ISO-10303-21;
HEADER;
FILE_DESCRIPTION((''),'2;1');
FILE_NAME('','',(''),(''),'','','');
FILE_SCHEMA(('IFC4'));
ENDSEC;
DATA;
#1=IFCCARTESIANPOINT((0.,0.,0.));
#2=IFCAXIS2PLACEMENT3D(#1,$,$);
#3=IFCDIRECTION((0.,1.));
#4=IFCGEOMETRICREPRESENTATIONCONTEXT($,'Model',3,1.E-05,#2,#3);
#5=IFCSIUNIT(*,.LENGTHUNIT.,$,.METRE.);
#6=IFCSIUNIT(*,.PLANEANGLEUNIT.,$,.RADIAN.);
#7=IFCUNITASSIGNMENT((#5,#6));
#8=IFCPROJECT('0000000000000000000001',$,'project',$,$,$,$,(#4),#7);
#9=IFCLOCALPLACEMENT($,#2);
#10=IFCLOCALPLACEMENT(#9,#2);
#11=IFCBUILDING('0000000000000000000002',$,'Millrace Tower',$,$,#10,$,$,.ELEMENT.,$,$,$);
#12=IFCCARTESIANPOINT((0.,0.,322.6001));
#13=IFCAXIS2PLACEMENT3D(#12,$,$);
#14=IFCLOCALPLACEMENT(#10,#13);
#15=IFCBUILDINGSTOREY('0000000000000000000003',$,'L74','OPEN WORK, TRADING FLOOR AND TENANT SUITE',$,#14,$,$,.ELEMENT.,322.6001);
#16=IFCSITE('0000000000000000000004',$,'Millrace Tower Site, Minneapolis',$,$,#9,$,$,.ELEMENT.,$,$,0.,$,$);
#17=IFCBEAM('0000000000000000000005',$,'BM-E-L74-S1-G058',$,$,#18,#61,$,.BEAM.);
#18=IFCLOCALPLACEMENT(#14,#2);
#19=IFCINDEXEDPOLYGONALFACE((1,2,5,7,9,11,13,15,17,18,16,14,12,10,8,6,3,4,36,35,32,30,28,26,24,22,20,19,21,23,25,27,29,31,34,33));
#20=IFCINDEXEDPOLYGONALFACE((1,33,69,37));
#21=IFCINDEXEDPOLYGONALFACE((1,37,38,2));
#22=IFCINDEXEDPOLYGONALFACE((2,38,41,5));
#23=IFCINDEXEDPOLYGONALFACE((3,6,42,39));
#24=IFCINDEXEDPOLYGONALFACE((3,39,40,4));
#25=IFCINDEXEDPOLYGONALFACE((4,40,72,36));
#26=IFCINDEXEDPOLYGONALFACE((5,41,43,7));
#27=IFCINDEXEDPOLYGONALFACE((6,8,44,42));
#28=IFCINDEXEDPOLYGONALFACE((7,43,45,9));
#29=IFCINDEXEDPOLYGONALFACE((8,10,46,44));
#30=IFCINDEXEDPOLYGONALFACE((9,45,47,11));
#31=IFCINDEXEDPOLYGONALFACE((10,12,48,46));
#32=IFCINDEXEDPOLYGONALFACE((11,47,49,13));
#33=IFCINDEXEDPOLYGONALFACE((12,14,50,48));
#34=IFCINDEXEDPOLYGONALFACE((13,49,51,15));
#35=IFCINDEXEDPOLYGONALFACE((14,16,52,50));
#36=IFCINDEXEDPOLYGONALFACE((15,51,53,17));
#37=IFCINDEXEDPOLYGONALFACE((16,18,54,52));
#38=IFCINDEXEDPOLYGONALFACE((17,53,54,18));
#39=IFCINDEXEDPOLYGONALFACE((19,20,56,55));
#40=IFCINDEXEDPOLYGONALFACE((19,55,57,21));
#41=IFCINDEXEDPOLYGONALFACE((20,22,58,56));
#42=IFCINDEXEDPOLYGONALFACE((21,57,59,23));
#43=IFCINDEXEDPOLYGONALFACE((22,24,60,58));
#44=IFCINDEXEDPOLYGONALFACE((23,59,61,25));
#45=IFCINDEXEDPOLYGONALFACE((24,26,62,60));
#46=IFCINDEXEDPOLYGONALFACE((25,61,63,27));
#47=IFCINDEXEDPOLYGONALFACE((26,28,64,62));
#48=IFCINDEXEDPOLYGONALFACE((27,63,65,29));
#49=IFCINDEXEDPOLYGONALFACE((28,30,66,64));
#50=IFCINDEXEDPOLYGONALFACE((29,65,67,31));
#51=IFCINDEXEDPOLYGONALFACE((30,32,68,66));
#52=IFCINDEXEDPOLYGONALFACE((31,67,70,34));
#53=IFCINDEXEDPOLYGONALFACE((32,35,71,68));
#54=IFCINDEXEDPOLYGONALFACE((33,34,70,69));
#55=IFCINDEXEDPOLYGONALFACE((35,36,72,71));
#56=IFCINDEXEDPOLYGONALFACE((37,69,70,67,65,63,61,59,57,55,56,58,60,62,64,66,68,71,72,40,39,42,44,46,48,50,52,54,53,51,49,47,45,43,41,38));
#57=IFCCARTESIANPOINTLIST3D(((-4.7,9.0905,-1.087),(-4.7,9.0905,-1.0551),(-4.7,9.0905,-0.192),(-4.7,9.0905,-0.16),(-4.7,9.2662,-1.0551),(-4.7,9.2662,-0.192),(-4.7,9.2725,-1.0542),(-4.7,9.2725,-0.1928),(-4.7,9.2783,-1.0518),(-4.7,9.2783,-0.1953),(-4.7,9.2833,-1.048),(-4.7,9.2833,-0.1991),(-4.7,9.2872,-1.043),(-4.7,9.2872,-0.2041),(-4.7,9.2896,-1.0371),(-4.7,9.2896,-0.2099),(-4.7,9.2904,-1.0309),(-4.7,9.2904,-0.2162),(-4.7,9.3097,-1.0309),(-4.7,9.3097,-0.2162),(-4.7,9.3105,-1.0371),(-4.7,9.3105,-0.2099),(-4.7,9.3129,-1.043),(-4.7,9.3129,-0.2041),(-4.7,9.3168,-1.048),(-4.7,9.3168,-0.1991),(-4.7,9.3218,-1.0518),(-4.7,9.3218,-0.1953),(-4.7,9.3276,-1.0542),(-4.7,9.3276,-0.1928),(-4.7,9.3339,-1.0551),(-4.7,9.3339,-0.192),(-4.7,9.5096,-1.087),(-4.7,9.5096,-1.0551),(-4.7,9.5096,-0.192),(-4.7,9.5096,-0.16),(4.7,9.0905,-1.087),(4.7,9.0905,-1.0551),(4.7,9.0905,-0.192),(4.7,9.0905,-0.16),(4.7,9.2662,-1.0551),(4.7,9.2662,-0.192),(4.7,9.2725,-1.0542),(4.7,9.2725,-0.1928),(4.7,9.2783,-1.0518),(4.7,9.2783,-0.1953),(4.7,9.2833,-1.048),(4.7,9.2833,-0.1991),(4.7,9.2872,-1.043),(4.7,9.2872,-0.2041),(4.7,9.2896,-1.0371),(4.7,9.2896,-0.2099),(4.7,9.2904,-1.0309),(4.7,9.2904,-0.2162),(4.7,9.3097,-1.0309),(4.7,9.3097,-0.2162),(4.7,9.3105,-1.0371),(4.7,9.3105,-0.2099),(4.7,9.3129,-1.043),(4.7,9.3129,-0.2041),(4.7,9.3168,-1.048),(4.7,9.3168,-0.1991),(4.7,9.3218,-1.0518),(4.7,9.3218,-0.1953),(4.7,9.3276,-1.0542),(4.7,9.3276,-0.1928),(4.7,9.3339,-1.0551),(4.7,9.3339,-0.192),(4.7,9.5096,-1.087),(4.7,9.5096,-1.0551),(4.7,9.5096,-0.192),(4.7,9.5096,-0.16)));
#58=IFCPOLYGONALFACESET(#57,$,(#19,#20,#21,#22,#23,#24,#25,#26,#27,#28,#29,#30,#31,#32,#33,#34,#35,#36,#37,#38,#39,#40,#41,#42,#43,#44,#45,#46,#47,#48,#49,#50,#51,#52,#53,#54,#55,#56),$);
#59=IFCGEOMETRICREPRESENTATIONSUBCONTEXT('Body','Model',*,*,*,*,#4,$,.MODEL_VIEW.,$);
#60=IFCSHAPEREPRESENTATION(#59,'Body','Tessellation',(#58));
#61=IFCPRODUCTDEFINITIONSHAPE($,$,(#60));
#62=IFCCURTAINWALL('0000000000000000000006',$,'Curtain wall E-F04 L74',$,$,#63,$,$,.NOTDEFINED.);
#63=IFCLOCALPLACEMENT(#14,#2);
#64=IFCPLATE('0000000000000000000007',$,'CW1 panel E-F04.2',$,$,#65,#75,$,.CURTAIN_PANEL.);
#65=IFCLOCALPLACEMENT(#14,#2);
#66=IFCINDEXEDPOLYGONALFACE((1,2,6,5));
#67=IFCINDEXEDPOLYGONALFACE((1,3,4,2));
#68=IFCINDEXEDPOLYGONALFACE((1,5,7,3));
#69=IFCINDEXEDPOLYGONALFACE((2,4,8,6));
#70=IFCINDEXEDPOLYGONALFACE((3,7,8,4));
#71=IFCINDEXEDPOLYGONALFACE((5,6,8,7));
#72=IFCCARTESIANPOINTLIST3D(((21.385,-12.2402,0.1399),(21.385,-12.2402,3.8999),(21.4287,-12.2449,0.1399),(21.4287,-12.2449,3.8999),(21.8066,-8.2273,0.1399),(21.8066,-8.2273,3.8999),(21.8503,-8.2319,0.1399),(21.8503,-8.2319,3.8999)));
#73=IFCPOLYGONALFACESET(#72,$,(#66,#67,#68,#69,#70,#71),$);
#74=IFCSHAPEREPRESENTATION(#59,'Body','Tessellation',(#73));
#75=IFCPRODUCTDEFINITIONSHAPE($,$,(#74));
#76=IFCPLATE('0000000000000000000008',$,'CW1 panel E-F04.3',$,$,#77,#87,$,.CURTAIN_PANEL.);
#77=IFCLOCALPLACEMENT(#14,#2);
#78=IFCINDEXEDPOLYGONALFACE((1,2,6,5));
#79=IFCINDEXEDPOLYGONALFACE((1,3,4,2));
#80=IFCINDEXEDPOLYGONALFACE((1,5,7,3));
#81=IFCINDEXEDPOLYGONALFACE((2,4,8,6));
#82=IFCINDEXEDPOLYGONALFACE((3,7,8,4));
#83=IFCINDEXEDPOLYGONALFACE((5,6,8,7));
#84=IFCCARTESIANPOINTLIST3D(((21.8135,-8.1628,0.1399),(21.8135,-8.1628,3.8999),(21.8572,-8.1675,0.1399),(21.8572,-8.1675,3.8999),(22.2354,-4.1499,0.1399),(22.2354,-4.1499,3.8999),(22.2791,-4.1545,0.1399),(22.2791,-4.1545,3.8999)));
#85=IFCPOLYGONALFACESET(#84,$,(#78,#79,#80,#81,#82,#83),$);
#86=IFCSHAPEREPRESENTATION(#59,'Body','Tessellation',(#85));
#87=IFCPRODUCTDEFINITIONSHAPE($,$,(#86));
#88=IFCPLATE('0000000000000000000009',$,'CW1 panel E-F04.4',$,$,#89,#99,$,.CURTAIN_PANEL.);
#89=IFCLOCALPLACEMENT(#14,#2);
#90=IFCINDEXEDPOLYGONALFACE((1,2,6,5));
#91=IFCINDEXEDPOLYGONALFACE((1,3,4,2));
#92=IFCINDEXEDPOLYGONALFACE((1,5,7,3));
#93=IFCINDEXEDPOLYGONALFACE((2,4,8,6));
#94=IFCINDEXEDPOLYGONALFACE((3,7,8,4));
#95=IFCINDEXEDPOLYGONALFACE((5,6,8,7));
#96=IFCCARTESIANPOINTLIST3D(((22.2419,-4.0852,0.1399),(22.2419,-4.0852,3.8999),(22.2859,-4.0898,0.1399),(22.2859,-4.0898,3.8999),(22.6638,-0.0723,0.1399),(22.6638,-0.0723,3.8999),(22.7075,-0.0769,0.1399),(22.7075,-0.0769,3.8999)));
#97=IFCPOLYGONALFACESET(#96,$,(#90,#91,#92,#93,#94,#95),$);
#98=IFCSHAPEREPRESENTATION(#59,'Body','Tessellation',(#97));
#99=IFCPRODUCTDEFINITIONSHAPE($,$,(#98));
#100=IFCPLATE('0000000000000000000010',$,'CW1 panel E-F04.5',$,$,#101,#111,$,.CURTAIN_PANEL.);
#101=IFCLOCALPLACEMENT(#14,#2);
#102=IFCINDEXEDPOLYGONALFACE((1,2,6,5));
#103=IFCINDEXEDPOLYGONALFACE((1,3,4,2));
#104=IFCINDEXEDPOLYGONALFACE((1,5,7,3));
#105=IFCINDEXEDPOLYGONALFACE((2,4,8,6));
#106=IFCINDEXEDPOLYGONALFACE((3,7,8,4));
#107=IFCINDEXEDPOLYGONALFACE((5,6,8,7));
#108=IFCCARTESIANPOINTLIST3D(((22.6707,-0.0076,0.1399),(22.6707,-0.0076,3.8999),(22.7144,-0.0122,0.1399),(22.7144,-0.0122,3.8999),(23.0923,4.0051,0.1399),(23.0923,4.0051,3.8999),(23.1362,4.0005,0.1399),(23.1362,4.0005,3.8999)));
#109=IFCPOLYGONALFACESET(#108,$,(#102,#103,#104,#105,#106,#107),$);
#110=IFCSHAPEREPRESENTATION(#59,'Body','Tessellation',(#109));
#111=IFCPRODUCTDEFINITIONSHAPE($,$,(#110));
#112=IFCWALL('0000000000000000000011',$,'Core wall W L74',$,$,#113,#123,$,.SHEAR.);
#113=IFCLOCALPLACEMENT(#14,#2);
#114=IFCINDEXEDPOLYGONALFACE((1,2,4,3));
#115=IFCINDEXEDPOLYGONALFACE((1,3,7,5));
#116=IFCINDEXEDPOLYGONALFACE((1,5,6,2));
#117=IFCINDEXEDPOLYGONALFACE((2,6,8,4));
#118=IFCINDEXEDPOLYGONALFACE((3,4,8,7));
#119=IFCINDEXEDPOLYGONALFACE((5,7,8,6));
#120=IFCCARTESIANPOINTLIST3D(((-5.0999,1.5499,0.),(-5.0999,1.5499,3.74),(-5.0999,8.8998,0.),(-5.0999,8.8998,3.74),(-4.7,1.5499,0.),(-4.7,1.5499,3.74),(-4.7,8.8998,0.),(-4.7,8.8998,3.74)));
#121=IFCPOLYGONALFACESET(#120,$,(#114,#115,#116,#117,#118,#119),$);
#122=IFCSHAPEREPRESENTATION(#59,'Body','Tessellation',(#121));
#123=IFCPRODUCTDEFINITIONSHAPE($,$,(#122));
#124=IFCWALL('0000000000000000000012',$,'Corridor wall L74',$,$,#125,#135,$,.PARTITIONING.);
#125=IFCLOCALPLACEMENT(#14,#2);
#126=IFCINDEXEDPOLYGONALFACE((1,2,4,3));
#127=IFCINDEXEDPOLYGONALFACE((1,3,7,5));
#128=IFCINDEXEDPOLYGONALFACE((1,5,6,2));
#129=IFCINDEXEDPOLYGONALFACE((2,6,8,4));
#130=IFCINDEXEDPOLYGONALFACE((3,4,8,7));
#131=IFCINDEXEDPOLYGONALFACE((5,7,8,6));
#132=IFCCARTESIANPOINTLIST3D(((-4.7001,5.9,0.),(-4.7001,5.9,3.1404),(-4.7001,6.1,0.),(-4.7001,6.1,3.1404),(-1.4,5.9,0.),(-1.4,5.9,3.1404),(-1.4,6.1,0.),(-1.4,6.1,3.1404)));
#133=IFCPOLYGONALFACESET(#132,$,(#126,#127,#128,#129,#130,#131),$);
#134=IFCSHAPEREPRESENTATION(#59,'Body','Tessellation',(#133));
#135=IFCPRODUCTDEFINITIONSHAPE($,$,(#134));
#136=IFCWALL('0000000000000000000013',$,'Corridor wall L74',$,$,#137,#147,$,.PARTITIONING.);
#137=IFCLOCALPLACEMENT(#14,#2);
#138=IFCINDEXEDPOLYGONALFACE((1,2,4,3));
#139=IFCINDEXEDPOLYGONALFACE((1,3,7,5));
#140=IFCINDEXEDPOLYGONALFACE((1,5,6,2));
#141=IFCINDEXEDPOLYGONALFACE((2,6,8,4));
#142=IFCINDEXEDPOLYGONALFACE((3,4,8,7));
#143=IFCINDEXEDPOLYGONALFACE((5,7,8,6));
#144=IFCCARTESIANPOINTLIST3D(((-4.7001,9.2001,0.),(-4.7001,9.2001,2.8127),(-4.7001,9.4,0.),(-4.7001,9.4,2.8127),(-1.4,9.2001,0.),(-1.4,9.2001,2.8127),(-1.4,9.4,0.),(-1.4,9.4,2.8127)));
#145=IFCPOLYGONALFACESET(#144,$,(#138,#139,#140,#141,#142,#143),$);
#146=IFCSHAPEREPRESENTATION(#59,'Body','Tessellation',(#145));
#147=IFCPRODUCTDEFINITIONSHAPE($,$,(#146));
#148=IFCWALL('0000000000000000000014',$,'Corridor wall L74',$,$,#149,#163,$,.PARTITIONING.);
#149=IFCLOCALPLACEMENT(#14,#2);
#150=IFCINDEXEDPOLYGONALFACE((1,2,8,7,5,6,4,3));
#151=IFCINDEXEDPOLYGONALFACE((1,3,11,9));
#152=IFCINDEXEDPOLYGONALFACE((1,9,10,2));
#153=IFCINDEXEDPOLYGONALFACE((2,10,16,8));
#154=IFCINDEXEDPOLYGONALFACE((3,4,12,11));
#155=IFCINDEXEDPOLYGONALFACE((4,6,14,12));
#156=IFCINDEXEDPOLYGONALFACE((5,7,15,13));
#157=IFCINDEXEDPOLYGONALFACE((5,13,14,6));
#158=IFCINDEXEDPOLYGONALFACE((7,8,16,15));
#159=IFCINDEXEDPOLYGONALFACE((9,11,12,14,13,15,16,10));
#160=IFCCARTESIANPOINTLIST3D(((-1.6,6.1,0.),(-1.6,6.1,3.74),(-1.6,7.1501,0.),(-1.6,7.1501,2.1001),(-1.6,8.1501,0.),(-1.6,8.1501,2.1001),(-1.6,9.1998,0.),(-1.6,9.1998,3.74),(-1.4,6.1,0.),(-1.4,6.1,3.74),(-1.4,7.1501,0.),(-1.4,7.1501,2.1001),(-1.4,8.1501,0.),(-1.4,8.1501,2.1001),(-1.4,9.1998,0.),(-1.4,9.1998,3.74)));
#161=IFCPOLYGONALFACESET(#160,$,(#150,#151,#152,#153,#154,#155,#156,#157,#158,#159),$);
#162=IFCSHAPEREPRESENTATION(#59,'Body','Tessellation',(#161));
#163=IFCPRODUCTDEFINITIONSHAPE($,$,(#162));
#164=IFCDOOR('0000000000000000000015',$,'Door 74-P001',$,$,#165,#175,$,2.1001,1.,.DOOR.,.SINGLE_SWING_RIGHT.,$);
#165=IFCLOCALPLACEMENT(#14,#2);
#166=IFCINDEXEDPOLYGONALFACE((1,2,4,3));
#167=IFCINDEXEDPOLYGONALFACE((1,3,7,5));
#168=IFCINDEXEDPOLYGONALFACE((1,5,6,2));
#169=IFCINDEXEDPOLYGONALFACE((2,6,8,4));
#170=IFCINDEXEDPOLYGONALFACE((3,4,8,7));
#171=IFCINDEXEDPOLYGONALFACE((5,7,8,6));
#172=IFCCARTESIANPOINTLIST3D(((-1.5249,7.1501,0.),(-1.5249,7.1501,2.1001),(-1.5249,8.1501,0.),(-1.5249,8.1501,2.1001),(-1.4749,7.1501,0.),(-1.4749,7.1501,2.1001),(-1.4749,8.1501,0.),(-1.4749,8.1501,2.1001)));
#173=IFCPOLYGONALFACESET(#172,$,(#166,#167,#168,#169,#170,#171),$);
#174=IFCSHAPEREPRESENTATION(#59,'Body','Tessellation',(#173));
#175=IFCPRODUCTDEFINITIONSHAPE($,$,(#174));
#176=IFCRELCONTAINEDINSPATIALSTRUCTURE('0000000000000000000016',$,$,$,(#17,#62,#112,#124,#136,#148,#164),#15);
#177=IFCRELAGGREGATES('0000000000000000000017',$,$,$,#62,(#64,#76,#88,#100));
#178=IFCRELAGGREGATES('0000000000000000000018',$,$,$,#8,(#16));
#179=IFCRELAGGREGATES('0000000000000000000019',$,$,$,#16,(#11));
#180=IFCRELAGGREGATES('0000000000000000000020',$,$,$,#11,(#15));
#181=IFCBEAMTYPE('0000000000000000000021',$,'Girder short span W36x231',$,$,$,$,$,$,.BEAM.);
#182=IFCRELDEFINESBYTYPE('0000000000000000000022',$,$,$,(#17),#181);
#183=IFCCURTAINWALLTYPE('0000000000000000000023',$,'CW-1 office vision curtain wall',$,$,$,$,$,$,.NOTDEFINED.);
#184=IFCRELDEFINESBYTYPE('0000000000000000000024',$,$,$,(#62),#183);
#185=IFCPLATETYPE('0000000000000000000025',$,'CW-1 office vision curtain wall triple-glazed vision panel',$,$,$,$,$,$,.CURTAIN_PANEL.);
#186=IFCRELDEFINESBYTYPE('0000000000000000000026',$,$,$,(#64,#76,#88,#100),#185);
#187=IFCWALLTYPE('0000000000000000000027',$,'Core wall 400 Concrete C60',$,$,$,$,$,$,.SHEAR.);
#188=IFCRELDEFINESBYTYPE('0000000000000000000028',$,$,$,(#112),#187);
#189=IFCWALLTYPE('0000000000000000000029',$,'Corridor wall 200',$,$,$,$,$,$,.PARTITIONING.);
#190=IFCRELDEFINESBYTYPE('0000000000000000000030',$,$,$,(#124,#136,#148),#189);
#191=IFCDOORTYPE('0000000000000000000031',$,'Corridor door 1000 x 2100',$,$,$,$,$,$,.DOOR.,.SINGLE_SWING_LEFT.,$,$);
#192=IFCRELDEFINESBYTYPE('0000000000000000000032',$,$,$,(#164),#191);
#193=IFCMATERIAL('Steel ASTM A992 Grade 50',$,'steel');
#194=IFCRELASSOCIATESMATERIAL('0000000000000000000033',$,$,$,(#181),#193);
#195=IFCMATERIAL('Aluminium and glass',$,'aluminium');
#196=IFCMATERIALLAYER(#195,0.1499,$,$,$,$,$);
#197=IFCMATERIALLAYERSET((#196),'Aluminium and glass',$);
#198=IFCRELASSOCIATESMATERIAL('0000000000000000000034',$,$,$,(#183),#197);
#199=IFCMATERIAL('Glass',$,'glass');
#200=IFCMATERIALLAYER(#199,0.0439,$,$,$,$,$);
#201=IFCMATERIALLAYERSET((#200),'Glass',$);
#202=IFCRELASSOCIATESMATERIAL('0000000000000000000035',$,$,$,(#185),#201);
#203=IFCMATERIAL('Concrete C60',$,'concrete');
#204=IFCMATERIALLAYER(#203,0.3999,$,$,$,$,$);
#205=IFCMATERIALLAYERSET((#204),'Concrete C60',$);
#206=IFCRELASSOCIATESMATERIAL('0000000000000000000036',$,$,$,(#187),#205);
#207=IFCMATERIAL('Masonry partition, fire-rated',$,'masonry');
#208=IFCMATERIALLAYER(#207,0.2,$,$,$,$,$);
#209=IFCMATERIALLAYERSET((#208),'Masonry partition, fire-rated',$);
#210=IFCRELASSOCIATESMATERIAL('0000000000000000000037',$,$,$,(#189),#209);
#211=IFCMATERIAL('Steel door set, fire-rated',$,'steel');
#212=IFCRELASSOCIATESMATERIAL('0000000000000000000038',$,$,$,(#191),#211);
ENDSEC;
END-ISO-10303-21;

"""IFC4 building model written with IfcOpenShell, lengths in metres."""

from ifc_helpers import new_model, si_unit, direction, frame, frame_2d, origin, origin_2d, place, context, subcontext, project, spatial, polyline, rectangle, i_section, outline, extrude, material, layer, layer_set, material_profile, profile_set, type_object, element, fill, aggregate, save


model = new_model("IFC4")

# Units and contexts
model_context = context("Model", 3, precision=1e-05, world=origin(), true_north=direction((0.0, 1.0)))
body_context = subcontext(model_context, "Body", "Model", "MODEL_VIEW")
ifc_project = project(units=[si_unit("LENGTHUNIT", "METRE"), si_unit("PLANEANGLEUNIT", "RADIAN")], contexts=[model_context])

# Site, building, storey
site_placement = place(None, origin())
site = spatial("IfcSite", under=ifc_project, at=site_placement, Name="Millrace Tower Site, Minneapolis", CompositionType="ELEMENT", RefElevation=0.0)
building_placement = place(site_placement, origin())
building = spatial("IfcBuilding", under=site, at=building_placement, Name="Millrace Tower", CompositionType="ELEMENT")
storey_placement = place(building_placement, frame((0.0, 0.0, 322.6001)))
storey = spatial("IfcBuildingStorey", under=building, at=storey_placement, Name="L74", Description="OPEN WORK, TRADING FLOOR AND TENANT SUITE", CompositionType="ELEMENT", Elevation=322.6001)

# Beam
ifc_material_1 = material(Name="Steel ASTM A992 Grade 50", Category="steel")
ifc_material_profile_1 = material_profile(ifc_material_1, i_section(OverallWidth=0.4192, OverallDepth=0.927, WebThickness=0.0193, FlangeThickness=0.032, FilletRadius=0.0242, at=origin_2d()))
ifc_profile_set_1 = profile_set([ifc_material_profile_1], Name="Steel ASTM A992 Grade 50")
beam_type_1 = type_object("IfcBeamType", Name="Girder short span W36x231", PredefinedType="BEAM", material=ifc_profile_set_1)
beam_1_placement = place(storey_placement, frame((-4.7, 9.3, -0.6235), z_axis=(1.0, 0.0, 0.0), x_axis=(0.0, 1.0, 0.0)))
element("IfcBeam", 1, at=beam_1_placement, inside=storey, type_object=beam_type_1, Name="BM-E-L74-S1-G058", PredefinedType="BEAM", context=body_context, shape_type="SweptSolid", body=[
    extrude(i_section(OverallWidth=0.4192, OverallDepth=0.927, WebThickness=0.0193, FlangeThickness=0.032, FilletRadius=0.0242, at=origin_2d()), origin(), (0.0, 0.0, 1.0), 9.3999),
])

# Curtain wall, plates
ifc_material_2 = material(Name="Aluminium and glass", Category="aluminium")
ifc_layer_1 = layer(ifc_material_2, 0.1499)
ifc_layer_set_1 = layer_set([ifc_layer_1], Name="Aluminium and glass")
curtain_wall_type = type_object("IfcCurtainWallType", Name="CW-1 office vision curtain wall", PredefinedType="NOTDEFINED", material=ifc_layer_set_1)
placement_1 = place(storey_placement, origin())
curtain_wall = element("IfcCurtainWall", 2, at=placement_1, inside=storey, type_object=curtain_wall_type, Name="Curtain wall E-F04 L74", PredefinedType="NOTDEFINED")
ifc_material_3 = material(Name="Glass", Category="glass")
ifc_layer_2 = layer(ifc_material_3, 0.0439)
ifc_layer_set_2 = layer_set([ifc_layer_2], Name="Glass")
plate_type = type_object("IfcPlateType", Name="CW-1 office vision curtain wall triple-glazed vision panel", PredefinedType="CURTAIN_PANEL", material=ifc_layer_set_2)
placement_2 = place(storey_placement, frame((0.0, 0.0, 0.1399)))
plate_1 = element("IfcPlate", 3, at=placement_2, type_object=plate_type, Name="CW1 panel E-F04.2", PredefinedType="CURTAIN_PANEL", context=body_context, shape_type="SweptSolid", body=[
    extrude(outline(polyline([(21.4287, -12.2449), (21.8503, -8.2319), (21.8066, -8.2273), (21.385, -12.2402), (21.4287, -12.2449)])), origin(), (0.0, 0.0, 1.0), 3.76),
])
plate_2 = element("IfcPlate", 4, at=placement_2, type_object=plate_type, Name="CW1 panel E-F04.3", PredefinedType="CURTAIN_PANEL", context=body_context, shape_type="SweptSolid", body=[
    extrude(outline(polyline([(21.8572, -8.1675), (22.2791, -4.1545), (22.2354, -4.1499), (21.8135, -8.1628), (21.8572, -8.1675)])), origin(), (0.0, 0.0, 1.0), 3.76),
])
plate_3 = element("IfcPlate", 5, at=placement_2, type_object=plate_type, Name="CW1 panel E-F04.4", PredefinedType="CURTAIN_PANEL", context=body_context, shape_type="SweptSolid", body=[
    extrude(outline(polyline([(22.2859, -4.0898), (22.7075, -0.0769), (22.6638, -0.0723), (22.2419, -4.0852), (22.2859, -4.0898)])), origin(), (0.0, 0.0, 1.0), 3.76),
])
plate_4 = element("IfcPlate", 6, at=placement_2, type_object=plate_type, Name="CW1 panel E-F04.5", PredefinedType="CURTAIN_PANEL", context=body_context, shape_type="SweptSolid", body=[
    extrude(outline(polyline([(22.7144, -0.0122), (23.1362, 4.0005), (23.0923, 4.0051), (22.6707, -0.0076), (22.7144, -0.0122)])), origin(), (0.0, 0.0, 1.0), 3.76),
])
aggregate(curtain_wall, [plate_1, plate_2, plate_3, plate_4])

# Walls
ifc_material_4 = material(Name="Concrete C60", Category="concrete")
ifc_layer_3 = layer(ifc_material_4, 0.3999)
ifc_layer_set_3 = layer_set([ifc_layer_3], Name="Concrete C60")
wall_type_1 = type_object("IfcWallType", Name="Core wall 400 Concrete C60", PredefinedType="SHEAR", material=ifc_layer_set_3)
wall_1_placement = place(storey_placement, frame((-4.8999, 1.55, 0.0), z_axis=(0.0, 0.0, 1.0), x_axis=(0.0, 1.0, 0.0)))
element("IfcWall", 7, at=wall_1_placement, inside=storey, type_object=wall_type_1, Name="Core wall W L74", PredefinedType="SHEAR", context=body_context, shape_type="SweptSolid", body=[
    extrude(rectangle(XDim=7.3499, YDim=0.3999, at=frame_2d((3.6748, 0.0))), origin(), (0.0, 0.0, 1.0), 3.74),
])
ifc_material_5 = material(Name="Masonry partition, fire-rated", Category="masonry")
ifc_layer_4 = layer(ifc_material_5, 0.2)
ifc_layer_set_4 = layer_set([ifc_layer_4], Name="Masonry partition, fire-rated")
wall_type_2 = type_object("IfcWallType", Name="Corridor wall 200", PredefinedType="PARTITIONING", material=ifc_layer_set_4)
wall_2_placement = place(storey_placement, frame((-4.7, 6.0, 0.0), z_axis=(0.0, 0.0, 1.0), x_axis=(1.0, 0.0, 0.0)))
element("IfcWall", 8, at=wall_2_placement, inside=storey, type_object=wall_type_2, Name="Corridor wall L74", PredefinedType="PARTITIONING", context=body_context, shape_type="SweptSolid", body=[
    extrude(rectangle(XDim=3.3, YDim=0.2, at=frame_2d((1.6499, 0.0))), origin(), (0.0, 0.0, 1.0), 3.1404),
])
wall_3_placement = place(storey_placement, frame((-4.7, 9.3, 0.0), z_axis=(0.0, 0.0, 1.0), x_axis=(1.0, 0.0, 0.0)))
element("IfcWall", 9, at=wall_3_placement, inside=storey, type_object=wall_type_2, Name="Corridor wall L74", PredefinedType="PARTITIONING", context=body_context, shape_type="SweptSolid", body=[
    extrude(rectangle(XDim=3.3, YDim=0.2, at=frame_2d((1.6499, 0.0))), origin(), (0.0, 0.0, 1.0), 2.8127),
])

# Wall, opening, door
wall_4_placement = place(storey_placement, frame((-1.5, 6.1001, 0.0), z_axis=(0.0, 0.0, 1.0), x_axis=(0.0, 1.0, 0.0)))
wall_4 = element("IfcWall", 10, at=wall_4_placement, inside=storey, type_object=wall_type_2, Name="Corridor wall L74", PredefinedType="PARTITIONING", context=body_context, shape_type="SweptSolid", body=[
    extrude(rectangle(XDim=3.0999, YDim=0.2, at=frame_2d((1.5498, 0.0))), origin(), (0.0, 0.0, 1.0), 3.74),
])
opening_1_placement = place(wall_4_placement, frame((1.05, 0.0, 0.0)))
opening_1 = element("IfcOpeningElement", 11, at=opening_1_placement, cuts=wall_4, PredefinedType="OPENING", context=body_context, shape_type="SweptSolid", body=[
    extrude(rectangle(XDim=1.0, YDim=2.1001, at=frame_2d((0.5, 1.05))), frame((0.0, 0.1099, 0.0), z_axis=(0.0, -1.0, 0.0), x_axis=(1.0, 0.0, 0.0)), (0.0, 0.0, 1.0), 0.22),
])
ifc_material_6 = material(Name="Steel door set, fire-rated", Category="steel")
door_type_1 = type_object("IfcDoorType", Name="Corridor door 1000 x 2100", OperationType="SINGLE_SWING_LEFT", PredefinedType="DOOR", material=ifc_material_6)
door_1_placement = place(opening_1_placement, origin())
door_1 = element("IfcDoor", 12, at=door_1_placement, inside=storey, type_object=door_type_1, Name="Door 74-P001", OperationType="SINGLE_SWING_RIGHT", OverallHeight=2.1001, OverallWidth=1.0, PredefinedType="DOOR", context=body_context, shape_type="SweptSolid", body=[
    extrude(rectangle(XDim=1.0, YDim=2.1001, at=frame_2d((0.5, 1.05))), frame((0.0, 0.0249, 0.0), z_axis=(0.0, -1.0, 0.0), x_axis=(1.0, 0.0, 0.0)), (0.0, 0.0, 1.0), 0.05),
])
fill(opening_1, door_1)

save(model, "model.ifc")
